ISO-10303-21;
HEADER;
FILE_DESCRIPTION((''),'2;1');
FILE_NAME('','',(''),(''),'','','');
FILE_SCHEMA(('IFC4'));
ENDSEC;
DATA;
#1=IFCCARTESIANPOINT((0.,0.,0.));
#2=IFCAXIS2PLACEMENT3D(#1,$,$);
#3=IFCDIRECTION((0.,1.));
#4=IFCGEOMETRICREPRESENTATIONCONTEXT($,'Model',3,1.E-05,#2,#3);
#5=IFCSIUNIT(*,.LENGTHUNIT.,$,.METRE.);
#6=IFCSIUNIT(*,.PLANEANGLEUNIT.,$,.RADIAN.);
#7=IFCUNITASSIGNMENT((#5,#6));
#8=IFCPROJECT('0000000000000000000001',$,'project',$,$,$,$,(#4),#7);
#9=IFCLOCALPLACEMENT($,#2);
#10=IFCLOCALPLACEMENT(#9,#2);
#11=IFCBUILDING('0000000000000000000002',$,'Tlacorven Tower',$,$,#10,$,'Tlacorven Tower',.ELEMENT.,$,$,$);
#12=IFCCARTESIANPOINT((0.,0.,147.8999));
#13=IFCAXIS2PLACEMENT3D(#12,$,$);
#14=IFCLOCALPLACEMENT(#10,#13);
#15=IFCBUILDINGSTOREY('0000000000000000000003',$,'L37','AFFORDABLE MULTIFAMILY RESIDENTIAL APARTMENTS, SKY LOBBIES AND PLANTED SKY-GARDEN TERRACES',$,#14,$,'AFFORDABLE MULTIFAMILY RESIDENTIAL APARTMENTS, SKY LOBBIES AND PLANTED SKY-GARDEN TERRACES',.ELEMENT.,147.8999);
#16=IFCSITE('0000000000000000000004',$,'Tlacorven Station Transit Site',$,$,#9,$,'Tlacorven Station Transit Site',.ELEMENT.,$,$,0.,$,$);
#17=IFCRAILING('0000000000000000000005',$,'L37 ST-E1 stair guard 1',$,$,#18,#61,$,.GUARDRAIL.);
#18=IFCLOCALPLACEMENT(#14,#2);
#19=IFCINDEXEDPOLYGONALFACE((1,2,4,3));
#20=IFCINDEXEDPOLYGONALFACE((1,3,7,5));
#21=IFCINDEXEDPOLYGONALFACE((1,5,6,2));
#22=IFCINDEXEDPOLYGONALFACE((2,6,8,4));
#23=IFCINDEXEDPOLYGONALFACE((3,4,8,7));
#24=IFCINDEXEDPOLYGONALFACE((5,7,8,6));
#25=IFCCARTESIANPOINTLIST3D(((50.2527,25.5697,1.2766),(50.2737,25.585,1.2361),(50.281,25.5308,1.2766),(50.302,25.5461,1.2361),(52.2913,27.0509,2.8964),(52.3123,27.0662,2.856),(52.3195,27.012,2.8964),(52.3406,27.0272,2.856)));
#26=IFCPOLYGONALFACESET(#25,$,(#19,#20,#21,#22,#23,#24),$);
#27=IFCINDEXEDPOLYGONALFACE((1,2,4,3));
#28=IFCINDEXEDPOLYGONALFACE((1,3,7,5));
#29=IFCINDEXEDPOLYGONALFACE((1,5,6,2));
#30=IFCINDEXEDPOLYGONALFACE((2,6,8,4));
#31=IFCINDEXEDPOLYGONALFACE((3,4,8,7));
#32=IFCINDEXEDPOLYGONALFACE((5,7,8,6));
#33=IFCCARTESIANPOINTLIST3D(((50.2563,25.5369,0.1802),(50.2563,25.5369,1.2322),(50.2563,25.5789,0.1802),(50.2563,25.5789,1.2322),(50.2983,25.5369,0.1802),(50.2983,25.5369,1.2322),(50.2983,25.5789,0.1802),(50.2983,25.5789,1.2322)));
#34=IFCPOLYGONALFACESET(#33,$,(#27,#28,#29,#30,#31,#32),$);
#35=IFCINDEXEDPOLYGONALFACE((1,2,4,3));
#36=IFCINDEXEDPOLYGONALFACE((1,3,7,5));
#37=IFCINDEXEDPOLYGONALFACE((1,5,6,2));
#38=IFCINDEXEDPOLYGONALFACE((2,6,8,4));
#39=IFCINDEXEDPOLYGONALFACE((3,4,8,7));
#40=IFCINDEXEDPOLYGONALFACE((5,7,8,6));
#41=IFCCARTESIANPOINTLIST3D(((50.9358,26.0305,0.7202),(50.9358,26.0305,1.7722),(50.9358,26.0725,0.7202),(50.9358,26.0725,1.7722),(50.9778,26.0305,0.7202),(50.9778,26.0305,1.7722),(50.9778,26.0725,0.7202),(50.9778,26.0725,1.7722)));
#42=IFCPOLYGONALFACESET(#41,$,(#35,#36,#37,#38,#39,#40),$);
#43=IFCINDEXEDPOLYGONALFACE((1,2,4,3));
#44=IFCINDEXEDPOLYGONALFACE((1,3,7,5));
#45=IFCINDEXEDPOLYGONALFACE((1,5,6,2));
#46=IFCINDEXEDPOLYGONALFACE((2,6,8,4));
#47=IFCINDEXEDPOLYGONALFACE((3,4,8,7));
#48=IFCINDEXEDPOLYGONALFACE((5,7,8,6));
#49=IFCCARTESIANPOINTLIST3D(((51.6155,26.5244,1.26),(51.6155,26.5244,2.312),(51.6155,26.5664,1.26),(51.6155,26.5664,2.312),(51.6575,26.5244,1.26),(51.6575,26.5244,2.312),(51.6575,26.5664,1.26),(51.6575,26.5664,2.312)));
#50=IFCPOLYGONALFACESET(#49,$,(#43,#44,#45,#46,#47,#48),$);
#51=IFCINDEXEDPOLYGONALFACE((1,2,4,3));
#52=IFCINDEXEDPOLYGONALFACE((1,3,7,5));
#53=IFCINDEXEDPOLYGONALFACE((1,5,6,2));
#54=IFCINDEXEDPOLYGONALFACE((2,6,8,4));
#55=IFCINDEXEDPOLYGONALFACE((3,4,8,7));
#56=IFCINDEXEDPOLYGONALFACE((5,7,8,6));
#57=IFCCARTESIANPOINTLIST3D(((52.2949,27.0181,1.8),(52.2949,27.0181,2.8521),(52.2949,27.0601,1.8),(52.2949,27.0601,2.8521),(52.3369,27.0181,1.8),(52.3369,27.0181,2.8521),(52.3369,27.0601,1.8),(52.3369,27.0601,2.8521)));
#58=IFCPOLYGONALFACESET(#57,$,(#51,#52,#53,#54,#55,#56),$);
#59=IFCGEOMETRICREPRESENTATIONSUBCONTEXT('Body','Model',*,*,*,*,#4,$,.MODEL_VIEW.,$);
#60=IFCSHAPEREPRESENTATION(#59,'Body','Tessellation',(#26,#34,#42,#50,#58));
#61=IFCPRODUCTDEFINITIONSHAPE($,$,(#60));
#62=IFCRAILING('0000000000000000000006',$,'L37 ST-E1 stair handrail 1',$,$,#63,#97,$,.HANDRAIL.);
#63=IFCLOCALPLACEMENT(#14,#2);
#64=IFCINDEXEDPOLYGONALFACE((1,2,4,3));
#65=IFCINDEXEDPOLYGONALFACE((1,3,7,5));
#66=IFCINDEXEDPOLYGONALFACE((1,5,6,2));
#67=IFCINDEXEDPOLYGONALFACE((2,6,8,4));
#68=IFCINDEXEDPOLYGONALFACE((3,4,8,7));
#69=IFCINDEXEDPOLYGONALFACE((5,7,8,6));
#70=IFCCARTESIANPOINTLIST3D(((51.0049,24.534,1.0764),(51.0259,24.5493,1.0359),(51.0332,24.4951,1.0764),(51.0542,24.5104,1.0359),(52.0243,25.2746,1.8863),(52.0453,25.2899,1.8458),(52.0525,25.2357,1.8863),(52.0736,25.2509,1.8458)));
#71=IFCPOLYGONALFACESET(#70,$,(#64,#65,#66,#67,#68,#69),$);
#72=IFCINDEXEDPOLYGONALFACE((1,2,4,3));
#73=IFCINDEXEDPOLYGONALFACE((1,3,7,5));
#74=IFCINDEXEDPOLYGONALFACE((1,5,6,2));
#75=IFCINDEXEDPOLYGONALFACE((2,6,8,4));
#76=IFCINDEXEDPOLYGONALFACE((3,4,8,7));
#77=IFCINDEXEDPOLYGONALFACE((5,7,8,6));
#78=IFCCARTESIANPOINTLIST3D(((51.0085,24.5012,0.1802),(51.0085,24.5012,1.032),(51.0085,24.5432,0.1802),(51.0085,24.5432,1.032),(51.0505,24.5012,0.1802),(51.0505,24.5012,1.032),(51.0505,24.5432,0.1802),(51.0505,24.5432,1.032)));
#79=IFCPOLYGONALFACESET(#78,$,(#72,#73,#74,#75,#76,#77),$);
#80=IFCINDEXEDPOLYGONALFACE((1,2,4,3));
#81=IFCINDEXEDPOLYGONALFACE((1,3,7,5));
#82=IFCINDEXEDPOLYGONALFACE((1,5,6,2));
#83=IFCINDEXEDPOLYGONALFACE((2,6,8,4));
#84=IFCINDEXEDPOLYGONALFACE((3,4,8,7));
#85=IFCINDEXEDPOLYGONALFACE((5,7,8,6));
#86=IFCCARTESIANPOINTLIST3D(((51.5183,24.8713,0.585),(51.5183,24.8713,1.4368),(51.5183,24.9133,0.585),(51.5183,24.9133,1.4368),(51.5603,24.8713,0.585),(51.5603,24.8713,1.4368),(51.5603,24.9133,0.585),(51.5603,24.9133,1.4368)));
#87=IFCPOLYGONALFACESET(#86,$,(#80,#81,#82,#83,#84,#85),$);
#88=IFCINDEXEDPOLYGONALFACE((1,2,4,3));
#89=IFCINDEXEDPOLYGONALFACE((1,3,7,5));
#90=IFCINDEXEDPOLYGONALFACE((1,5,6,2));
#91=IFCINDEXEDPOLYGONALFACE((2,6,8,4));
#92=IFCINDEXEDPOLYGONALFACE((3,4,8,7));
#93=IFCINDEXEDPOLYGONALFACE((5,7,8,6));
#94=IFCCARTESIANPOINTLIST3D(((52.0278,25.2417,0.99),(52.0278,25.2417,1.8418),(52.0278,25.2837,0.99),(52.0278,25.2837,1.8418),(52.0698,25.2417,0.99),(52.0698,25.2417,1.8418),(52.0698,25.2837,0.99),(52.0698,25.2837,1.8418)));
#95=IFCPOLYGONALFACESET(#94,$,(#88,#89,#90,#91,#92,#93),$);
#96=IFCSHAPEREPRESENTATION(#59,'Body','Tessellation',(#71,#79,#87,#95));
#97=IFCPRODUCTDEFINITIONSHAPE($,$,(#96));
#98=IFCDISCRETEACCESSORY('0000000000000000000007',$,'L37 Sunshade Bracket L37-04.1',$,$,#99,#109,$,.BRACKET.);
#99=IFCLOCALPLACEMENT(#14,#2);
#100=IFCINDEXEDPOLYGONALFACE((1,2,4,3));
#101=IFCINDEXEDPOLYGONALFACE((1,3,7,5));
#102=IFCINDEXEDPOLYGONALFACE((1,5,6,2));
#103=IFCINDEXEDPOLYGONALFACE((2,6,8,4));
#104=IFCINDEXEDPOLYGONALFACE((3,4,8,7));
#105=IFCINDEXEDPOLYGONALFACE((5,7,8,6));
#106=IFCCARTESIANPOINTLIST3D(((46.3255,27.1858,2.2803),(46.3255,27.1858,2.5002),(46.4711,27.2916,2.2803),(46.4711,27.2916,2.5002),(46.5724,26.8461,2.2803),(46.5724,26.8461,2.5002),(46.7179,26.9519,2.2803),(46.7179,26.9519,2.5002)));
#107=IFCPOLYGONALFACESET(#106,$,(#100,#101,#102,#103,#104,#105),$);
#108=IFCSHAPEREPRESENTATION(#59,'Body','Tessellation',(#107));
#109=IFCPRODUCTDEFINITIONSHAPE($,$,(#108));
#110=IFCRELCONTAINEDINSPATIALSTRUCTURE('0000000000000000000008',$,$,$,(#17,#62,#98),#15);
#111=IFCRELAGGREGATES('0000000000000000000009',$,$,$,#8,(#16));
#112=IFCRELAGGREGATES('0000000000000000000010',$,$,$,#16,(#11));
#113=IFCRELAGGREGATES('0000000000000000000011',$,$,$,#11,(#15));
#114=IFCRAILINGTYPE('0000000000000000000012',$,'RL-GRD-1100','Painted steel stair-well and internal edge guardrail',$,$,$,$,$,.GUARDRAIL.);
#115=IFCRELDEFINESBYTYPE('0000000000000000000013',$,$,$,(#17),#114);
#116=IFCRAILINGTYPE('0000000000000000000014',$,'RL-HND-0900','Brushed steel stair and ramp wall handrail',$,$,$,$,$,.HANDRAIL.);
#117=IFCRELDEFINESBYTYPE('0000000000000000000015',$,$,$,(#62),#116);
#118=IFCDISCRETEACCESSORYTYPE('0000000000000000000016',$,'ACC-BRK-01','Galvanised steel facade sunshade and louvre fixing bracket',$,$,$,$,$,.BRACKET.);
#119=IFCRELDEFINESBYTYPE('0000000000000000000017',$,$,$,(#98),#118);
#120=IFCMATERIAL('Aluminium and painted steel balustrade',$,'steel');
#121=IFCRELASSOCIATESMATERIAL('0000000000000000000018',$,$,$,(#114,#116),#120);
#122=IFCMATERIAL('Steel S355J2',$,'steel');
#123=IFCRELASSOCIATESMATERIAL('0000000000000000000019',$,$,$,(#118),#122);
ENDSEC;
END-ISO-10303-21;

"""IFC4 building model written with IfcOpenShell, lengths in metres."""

from ifc_helpers import new_model, si_unit, direction, frame, origin, origin_2d, place, context, subcontext, project, spatial, rectangle, extrude, source, transform, mapped, material, type_object, element, save


model = new_model("IFC4")

# Units and contexts
model_context = context("Model", 3, precision=1e-05, world=origin(), true_north=direction((0.0, 1.0)))
body_context = subcontext(model_context, "Body", "Model", "MODEL_VIEW")
ifc_project = project(units=[si_unit("LENGTHUNIT", "METRE"), si_unit("PLANEANGLEUNIT", "RADIAN")], contexts=[model_context])

# Site, building, storey
site_placement = place(None, origin())
site = spatial("IfcSite", under=ifc_project, at=site_placement, Name="Tlacorven Station Transit Site", LongName="Tlacorven Station Transit Site", CompositionType="ELEMENT", RefElevation=0.0)
building_placement = place(site_placement, origin())
building = spatial("IfcBuilding", under=site, at=building_placement, Name="Tlacorven Tower", LongName="Tlacorven Tower", CompositionType="ELEMENT")
storey_placement = place(building_placement, frame((0.0, 0.0, 147.8999)))
storey = spatial("IfcBuildingStorey", under=building, at=storey_placement, Name="L37", Description="AFFORDABLE MULTIFAMILY RESIDENTIAL APARTMENTS, SKY LOBBIES AND PLANTED SKY-GARDEN TERRACES", LongName="AFFORDABLE MULTIFAMILY RESIDENTIAL APARTMENTS, SKY LOBBIES AND PLANTED SKY-GARDEN TERRACES", CompositionType="ELEMENT", Elevation=147.8999)

# Shared definitions
ifc_material_1 = material(Name="Aluminium and painted steel balustrade", Category="steel")

# Railings
railing_type_1 = type_object("IfcRailingType", Name="RL-GRD-1100", Description="Painted steel stair-well and internal edge guardrail", PredefinedType="GUARDRAIL", material=ifc_material_1)
railing_type_2 = type_object("IfcRailingType", Name="RL-HND-0900", Description="Brushed steel stair and ramp wall handrail", PredefinedType="HANDRAIL", material=ifc_material_1)
shared_shape_1 = source(origin(), body_context, "Body", "SweptSolid", [
    extrude(rectangle(XDim=0.0481, YDim=0.0481, at=origin_2d()), frame((0.0, 0.0, 1.0762), z_axis=(0.680519, 0.494456, 0.540747), x_axis=(-0.587809, 0.809, 0.0)), (0.0, 0.0, 1.0), 2.9956),
    extrude(rectangle(XDim=0.042, YDim=0.042, at=origin_2d()), origin(), (0.0, 0.0, 1.0), 1.052),
    extrude(rectangle(XDim=0.042, YDim=0.042, at=origin_2d()), frame((0.6794, 0.4937, 0.54)), (0.0, 0.0, 1.0), 1.052),
    extrude(rectangle(XDim=0.042, YDim=0.042, at=origin_2d()), frame((1.3591, 0.9875, 1.0798)), (0.0, 0.0, 1.0), 1.052),
    extrude(rectangle(XDim=0.042, YDim=0.042, at=origin_2d()), frame((2.0386, 1.4812, 1.6199)), (0.0, 0.0, 1.0), 1.052),
])
railing_1_placement = place(storey_placement, frame((50.2773, 25.5579, 0.1802)))
element("IfcRailing", 1, at=railing_1_placement, inside=storey, type_object=railing_type_1, Name="L37 ST-E1 stair guard 1", PredefinedType="GUARDRAIL", context=body_context, shape_type="MappedRepresentation", body=[
    mapped(shared_shape_1, transform((0.0, 0.0, 0.0), scale=1.0)),
])
shared_shape_2 = source(origin(), body_context, "Body", "SweptSolid", [
    extrude(rectangle(XDim=0.0481, YDim=0.0481, at=origin_2d()), frame((0.0, 0.0, 0.876), z_axis=(0.680576, 0.494416, 0.540712), x_axis=(-0.587745, 0.809046, 0.0)), (0.0, 0.0, 1.0), 1.4978),
    extrude(rectangle(XDim=0.042, YDim=0.042, at=origin_2d()), origin(), (0.0, 0.0, 1.0), 0.8518),
    extrude(rectangle(XDim=0.042, YDim=0.042, at=origin_2d()), frame((0.5098, 0.3701, 0.4048)), (0.0, 0.0, 1.0), 0.8518),
    extrude(rectangle(XDim=0.042, YDim=0.042, at=origin_2d()), frame((1.0193, 0.7405, 0.8098)), (0.0, 0.0, 1.0), 0.8518),
])
railing_2_placement = place(storey_placement, frame((51.0295, 24.5222, 0.1802)))
element("IfcRailing", 2, at=railing_2_placement, inside=storey, type_object=railing_type_2, Name="L37 ST-E1 stair handrail 1", PredefinedType="HANDRAIL", context=body_context, shape_type="MappedRepresentation", body=[
    mapped(shared_shape_2, transform((0.0, 0.0, 0.0), scale=1.0)),
])

# Discrete accessory
ifc_material_2 = material(Name="Steel S355J2", Category="steel")
discrete_accessory_type = type_object("IfcDiscreteAccessoryType", Name="ACC-BRK-01", Description="Galvanised steel facade sunshade and louvre fixing bracket", PredefinedType="BRACKET", material=ifc_material_2)
shared_shape_3 = source(origin(), body_context, "Body", "SweptSolid", [
    extrude(rectangle(XDim=0.1799, YDim=0.4199, at=origin_2d()), origin(), (0.0, 0.0, 1.0), 0.22),
])
discrete_accessory_placement = place(storey_placement, frame((46.5217, 27.0688, 2.2803), z_axis=(0.0, 0.0, 1.0), x_axis=(0.809017, 0.587785, 0.0)))
element("IfcDiscreteAccessory", 3, at=discrete_accessory_placement, inside=storey, type_object=discrete_accessory_type, Name="L37 Sunshade Bracket L37-04.1", PredefinedType="BRACKET", context=body_context, shape_type="MappedRepresentation", body=[
    mapped(shared_shape_3, transform((0.0, 0.0, 0.0), scale=1.0)),
])

save(model, "model.ifc")
